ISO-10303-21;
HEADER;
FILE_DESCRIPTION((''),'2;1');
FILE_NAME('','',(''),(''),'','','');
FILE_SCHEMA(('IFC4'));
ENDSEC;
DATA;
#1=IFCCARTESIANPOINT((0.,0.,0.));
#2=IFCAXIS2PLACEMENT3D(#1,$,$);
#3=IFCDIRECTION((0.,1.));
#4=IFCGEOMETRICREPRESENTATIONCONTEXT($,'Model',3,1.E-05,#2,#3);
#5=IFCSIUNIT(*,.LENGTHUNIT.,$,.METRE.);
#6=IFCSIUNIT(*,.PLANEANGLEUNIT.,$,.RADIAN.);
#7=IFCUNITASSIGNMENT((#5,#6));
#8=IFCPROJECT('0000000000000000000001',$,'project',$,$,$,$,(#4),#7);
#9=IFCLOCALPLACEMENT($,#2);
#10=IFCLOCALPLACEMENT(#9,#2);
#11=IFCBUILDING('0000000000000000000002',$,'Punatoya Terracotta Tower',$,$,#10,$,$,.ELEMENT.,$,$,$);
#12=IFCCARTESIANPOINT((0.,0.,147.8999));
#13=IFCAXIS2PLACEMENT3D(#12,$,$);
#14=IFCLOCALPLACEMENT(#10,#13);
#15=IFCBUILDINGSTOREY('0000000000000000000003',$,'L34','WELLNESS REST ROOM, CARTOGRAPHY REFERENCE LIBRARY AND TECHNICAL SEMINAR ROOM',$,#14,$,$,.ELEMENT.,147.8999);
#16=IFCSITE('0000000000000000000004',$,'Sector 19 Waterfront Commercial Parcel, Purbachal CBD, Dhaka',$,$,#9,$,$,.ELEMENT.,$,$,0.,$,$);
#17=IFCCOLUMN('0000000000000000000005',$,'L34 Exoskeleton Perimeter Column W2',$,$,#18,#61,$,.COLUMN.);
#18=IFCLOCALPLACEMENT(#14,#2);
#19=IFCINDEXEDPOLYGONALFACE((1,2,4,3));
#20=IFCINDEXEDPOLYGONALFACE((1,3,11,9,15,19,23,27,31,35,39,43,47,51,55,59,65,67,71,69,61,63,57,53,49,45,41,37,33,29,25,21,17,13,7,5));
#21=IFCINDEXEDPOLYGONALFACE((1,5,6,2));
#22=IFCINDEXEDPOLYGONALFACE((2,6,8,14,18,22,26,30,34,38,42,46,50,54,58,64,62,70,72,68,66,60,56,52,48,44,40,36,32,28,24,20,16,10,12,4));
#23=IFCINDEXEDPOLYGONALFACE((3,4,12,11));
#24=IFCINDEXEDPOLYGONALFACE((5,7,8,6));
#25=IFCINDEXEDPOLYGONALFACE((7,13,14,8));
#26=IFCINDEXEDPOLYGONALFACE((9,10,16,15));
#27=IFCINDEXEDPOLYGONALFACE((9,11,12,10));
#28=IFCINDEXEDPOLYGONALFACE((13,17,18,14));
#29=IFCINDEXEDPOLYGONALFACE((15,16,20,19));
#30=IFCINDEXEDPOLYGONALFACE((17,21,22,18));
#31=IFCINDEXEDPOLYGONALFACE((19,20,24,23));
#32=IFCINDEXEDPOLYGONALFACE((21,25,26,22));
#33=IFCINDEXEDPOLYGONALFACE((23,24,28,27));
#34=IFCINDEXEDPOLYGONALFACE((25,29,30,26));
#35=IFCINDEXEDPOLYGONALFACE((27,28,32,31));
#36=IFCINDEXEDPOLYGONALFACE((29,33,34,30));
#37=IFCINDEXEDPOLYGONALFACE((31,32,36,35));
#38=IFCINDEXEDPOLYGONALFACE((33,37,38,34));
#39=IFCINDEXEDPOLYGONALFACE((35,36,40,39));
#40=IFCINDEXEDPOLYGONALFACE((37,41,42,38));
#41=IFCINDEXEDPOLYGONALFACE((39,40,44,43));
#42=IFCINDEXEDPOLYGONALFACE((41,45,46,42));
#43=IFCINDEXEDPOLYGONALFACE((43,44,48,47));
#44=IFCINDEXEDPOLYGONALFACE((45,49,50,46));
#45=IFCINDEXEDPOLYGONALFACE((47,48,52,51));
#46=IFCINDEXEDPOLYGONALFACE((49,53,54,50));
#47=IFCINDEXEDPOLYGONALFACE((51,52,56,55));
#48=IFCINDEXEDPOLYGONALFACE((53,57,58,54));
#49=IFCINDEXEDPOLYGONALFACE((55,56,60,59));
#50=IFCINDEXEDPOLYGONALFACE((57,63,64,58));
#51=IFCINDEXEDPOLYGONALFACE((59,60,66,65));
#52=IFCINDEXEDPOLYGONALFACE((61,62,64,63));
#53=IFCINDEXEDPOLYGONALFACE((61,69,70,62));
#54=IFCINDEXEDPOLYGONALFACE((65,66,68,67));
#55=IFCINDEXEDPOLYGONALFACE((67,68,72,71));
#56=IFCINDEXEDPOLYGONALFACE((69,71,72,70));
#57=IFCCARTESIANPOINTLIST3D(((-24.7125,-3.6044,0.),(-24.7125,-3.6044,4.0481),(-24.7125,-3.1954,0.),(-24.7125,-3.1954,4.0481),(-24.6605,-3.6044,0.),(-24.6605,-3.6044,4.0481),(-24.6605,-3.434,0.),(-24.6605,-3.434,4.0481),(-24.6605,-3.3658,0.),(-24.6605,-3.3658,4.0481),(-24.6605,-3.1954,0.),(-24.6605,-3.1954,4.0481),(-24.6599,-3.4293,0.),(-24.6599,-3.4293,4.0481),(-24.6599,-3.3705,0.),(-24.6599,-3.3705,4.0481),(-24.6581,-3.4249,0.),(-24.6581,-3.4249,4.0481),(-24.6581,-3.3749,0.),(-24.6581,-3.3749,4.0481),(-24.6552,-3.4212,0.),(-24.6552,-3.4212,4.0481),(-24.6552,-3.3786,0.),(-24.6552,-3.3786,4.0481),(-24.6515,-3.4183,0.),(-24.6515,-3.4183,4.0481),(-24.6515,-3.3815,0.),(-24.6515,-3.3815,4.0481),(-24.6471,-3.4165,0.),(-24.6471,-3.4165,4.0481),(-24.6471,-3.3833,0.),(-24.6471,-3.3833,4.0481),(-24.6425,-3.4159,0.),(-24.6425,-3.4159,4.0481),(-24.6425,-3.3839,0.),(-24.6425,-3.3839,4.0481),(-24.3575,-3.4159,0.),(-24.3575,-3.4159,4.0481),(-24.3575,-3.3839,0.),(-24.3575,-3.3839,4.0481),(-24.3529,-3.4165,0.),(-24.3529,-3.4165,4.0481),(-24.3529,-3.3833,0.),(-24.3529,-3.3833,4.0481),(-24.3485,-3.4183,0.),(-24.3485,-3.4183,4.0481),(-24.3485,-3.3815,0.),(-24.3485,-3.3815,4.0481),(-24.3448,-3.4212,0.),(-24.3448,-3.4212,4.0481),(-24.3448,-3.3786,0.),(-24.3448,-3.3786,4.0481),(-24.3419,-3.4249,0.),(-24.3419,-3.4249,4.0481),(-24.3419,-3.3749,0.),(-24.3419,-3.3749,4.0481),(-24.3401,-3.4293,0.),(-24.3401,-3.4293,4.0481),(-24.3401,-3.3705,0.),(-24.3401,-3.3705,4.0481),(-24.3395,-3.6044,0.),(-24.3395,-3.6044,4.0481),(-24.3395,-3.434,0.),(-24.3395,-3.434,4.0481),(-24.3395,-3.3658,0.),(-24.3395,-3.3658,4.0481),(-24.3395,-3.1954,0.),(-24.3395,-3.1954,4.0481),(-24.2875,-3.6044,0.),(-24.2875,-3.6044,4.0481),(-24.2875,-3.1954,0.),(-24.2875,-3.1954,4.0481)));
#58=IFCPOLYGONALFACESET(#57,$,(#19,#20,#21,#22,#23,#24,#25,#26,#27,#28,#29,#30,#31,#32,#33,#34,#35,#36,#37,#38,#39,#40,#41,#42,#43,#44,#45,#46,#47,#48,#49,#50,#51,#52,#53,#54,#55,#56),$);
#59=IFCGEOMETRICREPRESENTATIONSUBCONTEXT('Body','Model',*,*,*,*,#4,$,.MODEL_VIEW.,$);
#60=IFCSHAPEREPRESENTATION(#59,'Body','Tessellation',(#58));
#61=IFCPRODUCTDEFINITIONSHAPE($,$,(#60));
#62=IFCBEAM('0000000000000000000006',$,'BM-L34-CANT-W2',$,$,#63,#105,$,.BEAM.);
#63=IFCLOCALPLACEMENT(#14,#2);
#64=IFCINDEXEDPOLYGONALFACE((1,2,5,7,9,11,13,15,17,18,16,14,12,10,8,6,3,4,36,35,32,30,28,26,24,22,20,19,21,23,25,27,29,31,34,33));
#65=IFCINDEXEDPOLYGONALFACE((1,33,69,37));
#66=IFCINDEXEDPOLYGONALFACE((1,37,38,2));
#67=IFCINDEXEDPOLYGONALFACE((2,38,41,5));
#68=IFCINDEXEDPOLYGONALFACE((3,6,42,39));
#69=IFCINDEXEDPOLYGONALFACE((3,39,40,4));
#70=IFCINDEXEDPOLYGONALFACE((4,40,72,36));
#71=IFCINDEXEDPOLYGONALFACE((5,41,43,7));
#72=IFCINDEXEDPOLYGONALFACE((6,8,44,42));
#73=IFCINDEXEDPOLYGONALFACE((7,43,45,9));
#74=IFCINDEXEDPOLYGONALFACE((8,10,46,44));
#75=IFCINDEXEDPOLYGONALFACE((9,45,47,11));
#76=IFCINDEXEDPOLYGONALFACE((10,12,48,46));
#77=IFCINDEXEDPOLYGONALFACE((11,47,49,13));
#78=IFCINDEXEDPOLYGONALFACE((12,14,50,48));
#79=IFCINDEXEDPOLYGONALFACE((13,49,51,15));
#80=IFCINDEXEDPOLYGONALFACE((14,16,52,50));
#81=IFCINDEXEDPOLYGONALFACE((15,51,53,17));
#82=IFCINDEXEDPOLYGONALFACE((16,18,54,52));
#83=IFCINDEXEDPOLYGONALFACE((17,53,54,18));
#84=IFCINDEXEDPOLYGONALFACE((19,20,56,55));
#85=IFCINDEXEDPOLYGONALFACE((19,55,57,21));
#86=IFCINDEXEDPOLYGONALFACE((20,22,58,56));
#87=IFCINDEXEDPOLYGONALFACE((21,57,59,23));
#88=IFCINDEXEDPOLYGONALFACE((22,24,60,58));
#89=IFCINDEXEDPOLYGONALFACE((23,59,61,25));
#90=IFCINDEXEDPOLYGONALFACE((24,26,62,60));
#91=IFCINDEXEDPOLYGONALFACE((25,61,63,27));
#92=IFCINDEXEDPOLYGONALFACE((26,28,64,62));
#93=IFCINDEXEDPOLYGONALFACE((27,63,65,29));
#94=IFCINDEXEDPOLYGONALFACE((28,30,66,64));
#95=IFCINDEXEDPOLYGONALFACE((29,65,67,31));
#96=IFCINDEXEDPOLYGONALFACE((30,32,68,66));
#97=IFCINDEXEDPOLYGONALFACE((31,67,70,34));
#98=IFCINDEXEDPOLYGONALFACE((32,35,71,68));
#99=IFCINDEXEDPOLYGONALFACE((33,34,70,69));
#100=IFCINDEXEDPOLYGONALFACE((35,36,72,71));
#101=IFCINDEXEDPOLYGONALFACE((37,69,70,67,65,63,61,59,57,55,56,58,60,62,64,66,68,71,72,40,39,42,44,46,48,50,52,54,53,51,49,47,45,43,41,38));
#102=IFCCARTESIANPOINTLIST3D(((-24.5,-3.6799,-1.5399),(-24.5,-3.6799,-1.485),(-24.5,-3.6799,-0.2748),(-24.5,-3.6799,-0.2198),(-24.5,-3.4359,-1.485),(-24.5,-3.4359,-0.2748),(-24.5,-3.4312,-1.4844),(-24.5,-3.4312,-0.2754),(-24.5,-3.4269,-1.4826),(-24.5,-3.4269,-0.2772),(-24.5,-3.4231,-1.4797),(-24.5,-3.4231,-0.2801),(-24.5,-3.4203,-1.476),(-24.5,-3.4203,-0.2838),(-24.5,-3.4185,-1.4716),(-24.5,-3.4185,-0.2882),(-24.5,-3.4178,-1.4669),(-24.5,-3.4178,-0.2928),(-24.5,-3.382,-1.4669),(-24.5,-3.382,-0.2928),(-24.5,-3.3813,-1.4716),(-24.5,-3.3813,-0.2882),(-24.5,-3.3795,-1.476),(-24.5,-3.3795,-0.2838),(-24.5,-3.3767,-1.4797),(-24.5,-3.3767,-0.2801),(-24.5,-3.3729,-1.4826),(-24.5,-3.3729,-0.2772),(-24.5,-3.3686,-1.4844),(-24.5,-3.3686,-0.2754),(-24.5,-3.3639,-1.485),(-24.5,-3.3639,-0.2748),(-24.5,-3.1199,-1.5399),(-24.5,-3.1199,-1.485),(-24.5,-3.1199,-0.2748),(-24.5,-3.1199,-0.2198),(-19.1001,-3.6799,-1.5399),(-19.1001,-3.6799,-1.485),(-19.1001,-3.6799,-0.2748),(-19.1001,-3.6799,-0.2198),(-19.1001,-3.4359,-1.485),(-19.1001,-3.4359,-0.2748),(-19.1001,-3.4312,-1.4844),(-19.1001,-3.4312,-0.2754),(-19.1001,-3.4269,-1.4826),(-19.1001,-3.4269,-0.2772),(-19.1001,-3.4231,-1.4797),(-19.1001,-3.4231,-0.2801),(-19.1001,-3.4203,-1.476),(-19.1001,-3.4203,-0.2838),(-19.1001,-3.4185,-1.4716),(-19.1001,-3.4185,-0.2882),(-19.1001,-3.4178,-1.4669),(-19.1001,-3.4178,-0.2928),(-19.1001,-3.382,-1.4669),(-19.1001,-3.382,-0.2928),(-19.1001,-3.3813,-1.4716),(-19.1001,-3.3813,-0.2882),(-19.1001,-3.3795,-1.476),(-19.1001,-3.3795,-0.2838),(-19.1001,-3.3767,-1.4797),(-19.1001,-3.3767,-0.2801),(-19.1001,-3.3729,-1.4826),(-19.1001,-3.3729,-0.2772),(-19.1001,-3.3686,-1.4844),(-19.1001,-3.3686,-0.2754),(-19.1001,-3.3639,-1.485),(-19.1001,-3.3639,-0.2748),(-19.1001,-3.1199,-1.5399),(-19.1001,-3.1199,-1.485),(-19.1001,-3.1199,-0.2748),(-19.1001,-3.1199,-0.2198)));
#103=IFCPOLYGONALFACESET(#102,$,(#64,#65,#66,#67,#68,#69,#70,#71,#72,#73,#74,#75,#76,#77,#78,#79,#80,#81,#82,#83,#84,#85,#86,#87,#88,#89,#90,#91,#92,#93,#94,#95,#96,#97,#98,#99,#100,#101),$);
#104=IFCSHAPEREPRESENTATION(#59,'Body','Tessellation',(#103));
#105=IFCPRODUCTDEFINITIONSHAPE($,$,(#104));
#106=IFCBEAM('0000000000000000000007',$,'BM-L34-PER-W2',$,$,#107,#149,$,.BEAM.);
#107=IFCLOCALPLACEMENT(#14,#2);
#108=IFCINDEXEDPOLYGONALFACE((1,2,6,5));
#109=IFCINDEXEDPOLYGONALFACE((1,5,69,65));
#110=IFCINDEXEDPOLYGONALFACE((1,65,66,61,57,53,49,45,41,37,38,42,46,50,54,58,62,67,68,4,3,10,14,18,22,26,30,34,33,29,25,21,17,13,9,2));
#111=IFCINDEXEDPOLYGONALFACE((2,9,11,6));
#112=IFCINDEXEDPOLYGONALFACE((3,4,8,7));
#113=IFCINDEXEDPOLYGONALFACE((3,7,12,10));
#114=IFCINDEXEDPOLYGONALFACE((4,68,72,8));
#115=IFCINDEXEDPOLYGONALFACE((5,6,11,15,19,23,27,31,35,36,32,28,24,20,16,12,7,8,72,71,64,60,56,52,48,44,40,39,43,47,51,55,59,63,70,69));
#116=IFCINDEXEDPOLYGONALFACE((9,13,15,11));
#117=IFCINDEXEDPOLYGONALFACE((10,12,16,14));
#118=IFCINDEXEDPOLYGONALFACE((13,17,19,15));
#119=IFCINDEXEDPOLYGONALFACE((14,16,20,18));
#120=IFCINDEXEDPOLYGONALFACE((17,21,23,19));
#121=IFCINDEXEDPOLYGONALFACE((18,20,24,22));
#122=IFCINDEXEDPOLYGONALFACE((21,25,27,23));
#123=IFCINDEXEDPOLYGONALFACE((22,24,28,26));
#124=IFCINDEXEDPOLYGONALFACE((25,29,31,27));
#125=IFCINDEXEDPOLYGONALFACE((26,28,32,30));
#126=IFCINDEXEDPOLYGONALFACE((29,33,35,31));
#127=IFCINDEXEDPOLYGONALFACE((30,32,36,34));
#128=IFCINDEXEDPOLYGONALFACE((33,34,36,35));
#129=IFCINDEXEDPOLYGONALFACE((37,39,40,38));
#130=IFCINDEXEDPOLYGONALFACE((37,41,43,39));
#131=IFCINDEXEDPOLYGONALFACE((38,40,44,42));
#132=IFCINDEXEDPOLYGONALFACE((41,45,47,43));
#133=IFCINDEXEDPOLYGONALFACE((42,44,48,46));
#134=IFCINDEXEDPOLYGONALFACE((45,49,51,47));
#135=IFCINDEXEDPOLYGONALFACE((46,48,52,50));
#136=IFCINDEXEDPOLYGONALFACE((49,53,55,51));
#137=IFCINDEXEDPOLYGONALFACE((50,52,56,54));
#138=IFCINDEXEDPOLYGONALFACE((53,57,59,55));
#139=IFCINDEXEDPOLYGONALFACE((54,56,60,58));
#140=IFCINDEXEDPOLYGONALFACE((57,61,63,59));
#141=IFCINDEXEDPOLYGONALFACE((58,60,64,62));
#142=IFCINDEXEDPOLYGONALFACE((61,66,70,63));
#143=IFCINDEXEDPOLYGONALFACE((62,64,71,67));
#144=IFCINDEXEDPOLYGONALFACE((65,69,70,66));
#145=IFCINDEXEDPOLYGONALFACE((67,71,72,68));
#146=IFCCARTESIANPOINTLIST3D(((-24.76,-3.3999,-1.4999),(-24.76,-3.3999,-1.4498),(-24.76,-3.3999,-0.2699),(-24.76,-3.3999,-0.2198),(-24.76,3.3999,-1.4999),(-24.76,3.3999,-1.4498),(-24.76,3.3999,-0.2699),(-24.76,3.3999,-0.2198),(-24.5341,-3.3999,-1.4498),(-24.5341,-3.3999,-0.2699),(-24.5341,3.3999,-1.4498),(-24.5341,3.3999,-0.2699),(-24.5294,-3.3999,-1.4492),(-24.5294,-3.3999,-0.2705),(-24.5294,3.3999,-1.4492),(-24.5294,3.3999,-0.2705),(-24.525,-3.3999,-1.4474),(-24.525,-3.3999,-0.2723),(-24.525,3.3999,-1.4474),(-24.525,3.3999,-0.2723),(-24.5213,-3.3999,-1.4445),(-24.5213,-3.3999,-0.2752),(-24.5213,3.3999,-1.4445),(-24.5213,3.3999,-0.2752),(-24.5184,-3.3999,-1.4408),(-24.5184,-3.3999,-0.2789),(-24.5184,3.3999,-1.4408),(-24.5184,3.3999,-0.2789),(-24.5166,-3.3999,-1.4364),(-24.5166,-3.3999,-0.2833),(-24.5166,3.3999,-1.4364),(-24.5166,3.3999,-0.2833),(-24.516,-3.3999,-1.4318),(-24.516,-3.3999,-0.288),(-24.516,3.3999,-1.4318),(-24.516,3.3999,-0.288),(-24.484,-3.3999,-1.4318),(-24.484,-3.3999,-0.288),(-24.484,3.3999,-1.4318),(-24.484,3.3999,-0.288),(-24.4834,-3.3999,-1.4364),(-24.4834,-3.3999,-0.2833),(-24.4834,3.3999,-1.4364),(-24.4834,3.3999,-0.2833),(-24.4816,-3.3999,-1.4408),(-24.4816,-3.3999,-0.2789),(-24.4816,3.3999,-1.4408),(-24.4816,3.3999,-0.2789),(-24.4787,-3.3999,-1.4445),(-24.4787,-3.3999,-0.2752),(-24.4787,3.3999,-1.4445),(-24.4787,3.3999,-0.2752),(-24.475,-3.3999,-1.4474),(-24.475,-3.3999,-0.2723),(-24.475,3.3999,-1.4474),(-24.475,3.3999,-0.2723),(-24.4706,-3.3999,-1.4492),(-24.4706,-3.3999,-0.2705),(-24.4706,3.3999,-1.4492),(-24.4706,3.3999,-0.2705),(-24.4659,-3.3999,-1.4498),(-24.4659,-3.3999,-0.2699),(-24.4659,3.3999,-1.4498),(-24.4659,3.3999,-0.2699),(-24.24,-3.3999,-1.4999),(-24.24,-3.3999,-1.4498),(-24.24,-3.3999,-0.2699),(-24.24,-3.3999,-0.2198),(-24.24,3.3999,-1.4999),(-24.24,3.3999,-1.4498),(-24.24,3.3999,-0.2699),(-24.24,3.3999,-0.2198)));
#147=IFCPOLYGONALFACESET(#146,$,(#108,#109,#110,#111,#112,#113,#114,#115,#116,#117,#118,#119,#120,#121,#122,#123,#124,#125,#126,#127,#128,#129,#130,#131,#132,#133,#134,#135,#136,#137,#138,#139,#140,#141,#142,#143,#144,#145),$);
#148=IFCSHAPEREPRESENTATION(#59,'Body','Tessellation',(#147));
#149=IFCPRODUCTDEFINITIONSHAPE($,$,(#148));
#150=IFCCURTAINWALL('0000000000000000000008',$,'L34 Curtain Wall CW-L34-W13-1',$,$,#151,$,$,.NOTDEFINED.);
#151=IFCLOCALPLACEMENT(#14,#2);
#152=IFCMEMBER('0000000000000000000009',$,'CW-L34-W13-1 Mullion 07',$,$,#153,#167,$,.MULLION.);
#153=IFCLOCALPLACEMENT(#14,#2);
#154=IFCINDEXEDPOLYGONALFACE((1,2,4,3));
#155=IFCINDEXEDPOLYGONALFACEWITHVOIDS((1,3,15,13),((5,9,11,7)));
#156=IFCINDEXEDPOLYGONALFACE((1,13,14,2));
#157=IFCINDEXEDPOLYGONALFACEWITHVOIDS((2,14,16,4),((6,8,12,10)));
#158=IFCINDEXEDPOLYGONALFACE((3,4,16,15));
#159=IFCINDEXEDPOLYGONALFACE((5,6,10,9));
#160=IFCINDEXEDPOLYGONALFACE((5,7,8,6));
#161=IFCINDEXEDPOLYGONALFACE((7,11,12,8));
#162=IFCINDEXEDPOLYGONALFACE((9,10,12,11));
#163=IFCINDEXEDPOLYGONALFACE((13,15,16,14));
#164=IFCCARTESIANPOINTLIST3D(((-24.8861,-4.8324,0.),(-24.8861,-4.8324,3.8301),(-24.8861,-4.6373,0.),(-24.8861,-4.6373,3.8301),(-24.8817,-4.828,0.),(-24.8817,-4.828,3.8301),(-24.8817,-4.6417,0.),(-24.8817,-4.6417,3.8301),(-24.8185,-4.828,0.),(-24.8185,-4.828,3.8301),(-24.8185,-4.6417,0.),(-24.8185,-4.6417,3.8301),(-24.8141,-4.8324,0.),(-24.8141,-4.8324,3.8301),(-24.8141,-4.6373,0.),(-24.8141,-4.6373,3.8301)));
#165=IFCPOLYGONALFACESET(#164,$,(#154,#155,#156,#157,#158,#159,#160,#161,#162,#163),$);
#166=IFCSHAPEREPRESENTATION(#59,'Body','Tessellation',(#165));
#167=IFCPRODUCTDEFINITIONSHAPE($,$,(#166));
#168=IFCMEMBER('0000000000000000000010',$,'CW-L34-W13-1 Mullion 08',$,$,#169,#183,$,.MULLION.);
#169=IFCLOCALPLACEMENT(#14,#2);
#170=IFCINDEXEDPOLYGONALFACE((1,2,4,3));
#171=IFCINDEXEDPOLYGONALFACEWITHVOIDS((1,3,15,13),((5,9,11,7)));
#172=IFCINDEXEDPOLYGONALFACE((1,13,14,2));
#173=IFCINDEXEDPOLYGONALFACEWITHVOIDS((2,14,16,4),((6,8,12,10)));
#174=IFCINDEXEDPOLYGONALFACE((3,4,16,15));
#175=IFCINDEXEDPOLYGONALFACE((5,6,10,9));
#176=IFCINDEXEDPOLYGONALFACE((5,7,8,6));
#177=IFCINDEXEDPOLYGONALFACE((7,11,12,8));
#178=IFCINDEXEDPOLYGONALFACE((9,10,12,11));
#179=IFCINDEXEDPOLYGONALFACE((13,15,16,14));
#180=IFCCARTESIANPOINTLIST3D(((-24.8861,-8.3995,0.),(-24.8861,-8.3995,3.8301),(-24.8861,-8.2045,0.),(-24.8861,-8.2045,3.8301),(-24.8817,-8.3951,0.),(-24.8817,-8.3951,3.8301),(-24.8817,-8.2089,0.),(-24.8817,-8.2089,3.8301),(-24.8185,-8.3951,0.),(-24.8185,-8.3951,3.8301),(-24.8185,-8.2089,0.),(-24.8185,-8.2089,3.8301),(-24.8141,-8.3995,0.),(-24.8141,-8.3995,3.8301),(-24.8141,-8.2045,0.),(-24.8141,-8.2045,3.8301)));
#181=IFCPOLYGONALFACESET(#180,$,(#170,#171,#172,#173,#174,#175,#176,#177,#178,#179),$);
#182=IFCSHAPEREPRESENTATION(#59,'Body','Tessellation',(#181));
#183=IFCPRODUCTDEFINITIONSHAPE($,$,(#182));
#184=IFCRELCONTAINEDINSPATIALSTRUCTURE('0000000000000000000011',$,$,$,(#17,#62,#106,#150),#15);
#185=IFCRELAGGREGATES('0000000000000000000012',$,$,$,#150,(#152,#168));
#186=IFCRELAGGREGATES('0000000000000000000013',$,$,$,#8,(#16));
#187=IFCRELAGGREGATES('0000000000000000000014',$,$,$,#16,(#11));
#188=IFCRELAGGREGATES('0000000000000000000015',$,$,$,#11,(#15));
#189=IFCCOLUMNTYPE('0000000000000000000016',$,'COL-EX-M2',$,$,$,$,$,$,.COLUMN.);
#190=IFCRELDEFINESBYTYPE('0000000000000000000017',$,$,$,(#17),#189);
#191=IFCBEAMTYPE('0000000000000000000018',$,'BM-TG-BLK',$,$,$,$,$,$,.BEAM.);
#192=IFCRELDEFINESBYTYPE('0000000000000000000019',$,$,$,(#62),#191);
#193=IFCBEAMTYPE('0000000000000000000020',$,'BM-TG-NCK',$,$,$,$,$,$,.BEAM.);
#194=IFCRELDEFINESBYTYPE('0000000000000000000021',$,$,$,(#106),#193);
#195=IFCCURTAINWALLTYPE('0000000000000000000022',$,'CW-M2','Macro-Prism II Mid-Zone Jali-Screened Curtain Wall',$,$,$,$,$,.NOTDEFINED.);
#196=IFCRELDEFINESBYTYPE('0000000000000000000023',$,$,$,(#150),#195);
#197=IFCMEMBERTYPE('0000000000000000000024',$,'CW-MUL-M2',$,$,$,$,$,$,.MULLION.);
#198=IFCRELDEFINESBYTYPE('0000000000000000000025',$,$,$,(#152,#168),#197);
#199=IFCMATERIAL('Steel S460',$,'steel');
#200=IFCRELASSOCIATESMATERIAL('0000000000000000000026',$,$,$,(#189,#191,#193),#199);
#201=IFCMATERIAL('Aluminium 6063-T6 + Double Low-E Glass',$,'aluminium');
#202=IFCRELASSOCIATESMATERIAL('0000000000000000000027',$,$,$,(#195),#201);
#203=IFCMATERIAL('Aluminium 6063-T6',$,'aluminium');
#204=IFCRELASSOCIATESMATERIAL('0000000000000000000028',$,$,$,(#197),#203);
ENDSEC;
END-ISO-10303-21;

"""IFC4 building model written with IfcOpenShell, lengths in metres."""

from ifc_helpers import new_model, si_unit, direction, frame, origin, origin_2d, place, context, subcontext, project, spatial, hollow_rectangle, i_section, extrude, material, material_profile, profile_set, type_object, element, aggregate, save


model = new_model("IFC4")

# Units and contexts
model_context = context("Model", 3, precision=1e-05, world=origin(), true_north=direction((0.0, 1.0)))
body_context = subcontext(model_context, "Body", "Model", "MODEL_VIEW")
ifc_project = project(units=[si_unit("LENGTHUNIT", "METRE"), si_unit("PLANEANGLEUNIT", "RADIAN")], contexts=[model_context])

# Site, building, storey
site_placement = place(None, origin())
site = spatial("IfcSite", under=ifc_project, at=site_placement, Name="Sector 19 Waterfront Commercial Parcel, Purbachal CBD, Dhaka", CompositionType="ELEMENT", RefElevation=0.0)
building_placement = place(site_placement, origin())
building = spatial("IfcBuilding", under=site, at=building_placement, Name="Punatoya Terracotta Tower", CompositionType="ELEMENT")
storey_placement = place(building_placement, frame((0.0, 0.0, 147.8999)))
storey = spatial("IfcBuildingStorey", under=building, at=storey_placement, Name="L34", Description="WELLNESS REST ROOM, CARTOGRAPHY REFERENCE LIBRARY AND TECHNICAL SEMINAR ROOM", CompositionType="ELEMENT", Elevation=147.8999)

# Column
ifc_material_1 = material(Name="Steel S460", Category="steel")
ifc_material_profile_1 = material_profile(ifc_material_1, i_section(OverallWidth=0.4089, OverallDepth=0.425, WebThickness=0.032, FlangeThickness=0.052, FilletRadius=0.0181, at=origin_2d()))
ifc_profile_set_1 = profile_set([ifc_material_profile_1], Name="Steel S460")
column_type = type_object("IfcColumnType", Name="COL-EX-M2", PredefinedType="COLUMN", material=ifc_profile_set_1)
column_placement = place(storey_placement, frame((-24.5, -3.3999, 0.0), z_axis=(0.0, 0.0, 1.0), x_axis=(0.0, 1.0, 0.0)))
element("IfcColumn", 1, at=column_placement, inside=storey, type_object=column_type, Name="L34 Exoskeleton Perimeter Column W2", PredefinedType="COLUMN", context=body_context, shape_type="SweptSolid", body=[
    extrude(i_section(OverallWidth=0.4089, OverallDepth=0.425, WebThickness=0.032, FlangeThickness=0.052, FilletRadius=0.0181, at=origin_2d()), origin(), (0.0, 0.0, 1.0), 4.0481),
])

# Beams
ifc_material_profile_2 = material_profile(ifc_material_1, i_section(OverallWidth=0.5601, OverallDepth=1.3201, WebThickness=0.0359, FlangeThickness=0.0549, FilletRadius=0.0181, at=origin_2d()))
ifc_profile_set_2 = profile_set([ifc_material_profile_2], Name="Steel S460")
beam_type_1 = type_object("IfcBeamType", Name="BM-TG-BLK", PredefinedType="BEAM", material=ifc_profile_set_2)
beam_1_placement = place(storey_placement, frame((-24.5, -3.3999, -0.8799), z_axis=(1.0, 0.0, 0.0), x_axis=(0.0, 1.0, 0.0)))
element("IfcBeam", 2, at=beam_1_placement, inside=storey, type_object=beam_type_1, Name="BM-L34-CANT-W2", PredefinedType="BEAM", context=body_context, shape_type="SweptSolid", body=[
    extrude(i_section(OverallWidth=0.5601, OverallDepth=1.3201, WebThickness=0.0359, FlangeThickness=0.0549, FilletRadius=0.0181, at=origin_2d()), origin(), (0.0, 0.0, 1.0), 5.3999),
])
ifc_material_profile_3 = material_profile(ifc_material_1, i_section(OverallWidth=0.52, OverallDepth=1.28, WebThickness=0.032, FlangeThickness=0.05, FilletRadius=0.0181, at=origin_2d()))
ifc_profile_set_3 = profile_set([ifc_material_profile_3], Name="Steel S460")
beam_type_2 = type_object("IfcBeamType", Name="BM-TG-NCK", PredefinedType="BEAM", material=ifc_profile_set_3)
beam_2_placement = place(storey_placement, frame((-24.5, -3.3999, -0.8599), z_axis=(0.0, 1.0, 0.0), x_axis=(-1.0, 0.0, 0.0)))
element("IfcBeam", 3, at=beam_2_placement, inside=storey, type_object=beam_type_2, Name="BM-L34-PER-W2", PredefinedType="BEAM", context=body_context, shape_type="SweptSolid", body=[
    extrude(i_section(OverallWidth=0.52, OverallDepth=1.28, WebThickness=0.032, FlangeThickness=0.05, FilletRadius=0.0181, at=origin_2d()), origin(), (0.0, 0.0, 1.0), 6.7998),
])

# Curtain wall, members
ifc_material_2 = material(Name="Aluminium 6063-T6 + Double Low-E Glass", Category="aluminium")
curtain_wall_type = type_object("IfcCurtainWallType", Name="CW-M2", Description="Macro-Prism II Mid-Zone Jali-Screened Curtain Wall", PredefinedType="NOTDEFINED", material=ifc_material_2)
curtain_wall_1_placement = place(storey_placement, origin())
curtain_wall_1 = element("IfcCurtainWall", 4, at=curtain_wall_1_placement, inside=storey, type_object=curtain_wall_type, Name="L34 Curtain Wall CW-L34-W13-1", PredefinedType="NOTDEFINED")
ifc_material_3 = material(Name="Aluminium 6063-T6", Category="aluminium")
ifc_material_profile_4 = material_profile(ifc_material_3, hollow_rectangle(XDim=0.072, YDim=0.1951, WallThickness=0.0044, at=origin_2d()))
ifc_profile_set_4 = profile_set([ifc_material_profile_4], Name="Aluminium 6063-T6")
member_type_1 = type_object("IfcMemberType", Name="CW-MUL-M2", PredefinedType="MULLION", material=ifc_profile_set_4)
member_1_placement = place(storey_placement, frame((-24.8501, -4.7349, 0.0), z_axis=(0.0, 0.0, 1.0), x_axis=(1.0, 0.0, 0.0)))
member_1 = element("IfcMember", 5, at=member_1_placement, type_object=member_type_1, Name="CW-L34-W13-1 Mullion 07", PredefinedType="MULLION", context=body_context, shape_type="SweptSolid", body=[
    extrude(hollow_rectangle(XDim=0.072, YDim=0.1951, WallThickness=0.0044, at=origin_2d()), origin(), (0.0, 0.0, 1.0), 3.8301),
])
member_2_placement = place(storey_placement, frame((-24.8501, -8.302, 0.0), z_axis=(0.0, 0.0, 1.0), x_axis=(1.0, 0.0, 0.0)))
member_2 = element("IfcMember", 6, at=member_2_placement, type_object=member_type_1, Name="CW-L34-W13-1 Mullion 08", PredefinedType="MULLION", context=body_context, shape_type="SweptSolid", body=[
    extrude(hollow_rectangle(XDim=0.072, YDim=0.1951, WallThickness=0.0044, at=origin_2d()), origin(), (0.0, 0.0, 1.0), 3.8301),
])

aggregate(curtain_wall_1, [member_1, member_2])

save(model, "model.ifc")
